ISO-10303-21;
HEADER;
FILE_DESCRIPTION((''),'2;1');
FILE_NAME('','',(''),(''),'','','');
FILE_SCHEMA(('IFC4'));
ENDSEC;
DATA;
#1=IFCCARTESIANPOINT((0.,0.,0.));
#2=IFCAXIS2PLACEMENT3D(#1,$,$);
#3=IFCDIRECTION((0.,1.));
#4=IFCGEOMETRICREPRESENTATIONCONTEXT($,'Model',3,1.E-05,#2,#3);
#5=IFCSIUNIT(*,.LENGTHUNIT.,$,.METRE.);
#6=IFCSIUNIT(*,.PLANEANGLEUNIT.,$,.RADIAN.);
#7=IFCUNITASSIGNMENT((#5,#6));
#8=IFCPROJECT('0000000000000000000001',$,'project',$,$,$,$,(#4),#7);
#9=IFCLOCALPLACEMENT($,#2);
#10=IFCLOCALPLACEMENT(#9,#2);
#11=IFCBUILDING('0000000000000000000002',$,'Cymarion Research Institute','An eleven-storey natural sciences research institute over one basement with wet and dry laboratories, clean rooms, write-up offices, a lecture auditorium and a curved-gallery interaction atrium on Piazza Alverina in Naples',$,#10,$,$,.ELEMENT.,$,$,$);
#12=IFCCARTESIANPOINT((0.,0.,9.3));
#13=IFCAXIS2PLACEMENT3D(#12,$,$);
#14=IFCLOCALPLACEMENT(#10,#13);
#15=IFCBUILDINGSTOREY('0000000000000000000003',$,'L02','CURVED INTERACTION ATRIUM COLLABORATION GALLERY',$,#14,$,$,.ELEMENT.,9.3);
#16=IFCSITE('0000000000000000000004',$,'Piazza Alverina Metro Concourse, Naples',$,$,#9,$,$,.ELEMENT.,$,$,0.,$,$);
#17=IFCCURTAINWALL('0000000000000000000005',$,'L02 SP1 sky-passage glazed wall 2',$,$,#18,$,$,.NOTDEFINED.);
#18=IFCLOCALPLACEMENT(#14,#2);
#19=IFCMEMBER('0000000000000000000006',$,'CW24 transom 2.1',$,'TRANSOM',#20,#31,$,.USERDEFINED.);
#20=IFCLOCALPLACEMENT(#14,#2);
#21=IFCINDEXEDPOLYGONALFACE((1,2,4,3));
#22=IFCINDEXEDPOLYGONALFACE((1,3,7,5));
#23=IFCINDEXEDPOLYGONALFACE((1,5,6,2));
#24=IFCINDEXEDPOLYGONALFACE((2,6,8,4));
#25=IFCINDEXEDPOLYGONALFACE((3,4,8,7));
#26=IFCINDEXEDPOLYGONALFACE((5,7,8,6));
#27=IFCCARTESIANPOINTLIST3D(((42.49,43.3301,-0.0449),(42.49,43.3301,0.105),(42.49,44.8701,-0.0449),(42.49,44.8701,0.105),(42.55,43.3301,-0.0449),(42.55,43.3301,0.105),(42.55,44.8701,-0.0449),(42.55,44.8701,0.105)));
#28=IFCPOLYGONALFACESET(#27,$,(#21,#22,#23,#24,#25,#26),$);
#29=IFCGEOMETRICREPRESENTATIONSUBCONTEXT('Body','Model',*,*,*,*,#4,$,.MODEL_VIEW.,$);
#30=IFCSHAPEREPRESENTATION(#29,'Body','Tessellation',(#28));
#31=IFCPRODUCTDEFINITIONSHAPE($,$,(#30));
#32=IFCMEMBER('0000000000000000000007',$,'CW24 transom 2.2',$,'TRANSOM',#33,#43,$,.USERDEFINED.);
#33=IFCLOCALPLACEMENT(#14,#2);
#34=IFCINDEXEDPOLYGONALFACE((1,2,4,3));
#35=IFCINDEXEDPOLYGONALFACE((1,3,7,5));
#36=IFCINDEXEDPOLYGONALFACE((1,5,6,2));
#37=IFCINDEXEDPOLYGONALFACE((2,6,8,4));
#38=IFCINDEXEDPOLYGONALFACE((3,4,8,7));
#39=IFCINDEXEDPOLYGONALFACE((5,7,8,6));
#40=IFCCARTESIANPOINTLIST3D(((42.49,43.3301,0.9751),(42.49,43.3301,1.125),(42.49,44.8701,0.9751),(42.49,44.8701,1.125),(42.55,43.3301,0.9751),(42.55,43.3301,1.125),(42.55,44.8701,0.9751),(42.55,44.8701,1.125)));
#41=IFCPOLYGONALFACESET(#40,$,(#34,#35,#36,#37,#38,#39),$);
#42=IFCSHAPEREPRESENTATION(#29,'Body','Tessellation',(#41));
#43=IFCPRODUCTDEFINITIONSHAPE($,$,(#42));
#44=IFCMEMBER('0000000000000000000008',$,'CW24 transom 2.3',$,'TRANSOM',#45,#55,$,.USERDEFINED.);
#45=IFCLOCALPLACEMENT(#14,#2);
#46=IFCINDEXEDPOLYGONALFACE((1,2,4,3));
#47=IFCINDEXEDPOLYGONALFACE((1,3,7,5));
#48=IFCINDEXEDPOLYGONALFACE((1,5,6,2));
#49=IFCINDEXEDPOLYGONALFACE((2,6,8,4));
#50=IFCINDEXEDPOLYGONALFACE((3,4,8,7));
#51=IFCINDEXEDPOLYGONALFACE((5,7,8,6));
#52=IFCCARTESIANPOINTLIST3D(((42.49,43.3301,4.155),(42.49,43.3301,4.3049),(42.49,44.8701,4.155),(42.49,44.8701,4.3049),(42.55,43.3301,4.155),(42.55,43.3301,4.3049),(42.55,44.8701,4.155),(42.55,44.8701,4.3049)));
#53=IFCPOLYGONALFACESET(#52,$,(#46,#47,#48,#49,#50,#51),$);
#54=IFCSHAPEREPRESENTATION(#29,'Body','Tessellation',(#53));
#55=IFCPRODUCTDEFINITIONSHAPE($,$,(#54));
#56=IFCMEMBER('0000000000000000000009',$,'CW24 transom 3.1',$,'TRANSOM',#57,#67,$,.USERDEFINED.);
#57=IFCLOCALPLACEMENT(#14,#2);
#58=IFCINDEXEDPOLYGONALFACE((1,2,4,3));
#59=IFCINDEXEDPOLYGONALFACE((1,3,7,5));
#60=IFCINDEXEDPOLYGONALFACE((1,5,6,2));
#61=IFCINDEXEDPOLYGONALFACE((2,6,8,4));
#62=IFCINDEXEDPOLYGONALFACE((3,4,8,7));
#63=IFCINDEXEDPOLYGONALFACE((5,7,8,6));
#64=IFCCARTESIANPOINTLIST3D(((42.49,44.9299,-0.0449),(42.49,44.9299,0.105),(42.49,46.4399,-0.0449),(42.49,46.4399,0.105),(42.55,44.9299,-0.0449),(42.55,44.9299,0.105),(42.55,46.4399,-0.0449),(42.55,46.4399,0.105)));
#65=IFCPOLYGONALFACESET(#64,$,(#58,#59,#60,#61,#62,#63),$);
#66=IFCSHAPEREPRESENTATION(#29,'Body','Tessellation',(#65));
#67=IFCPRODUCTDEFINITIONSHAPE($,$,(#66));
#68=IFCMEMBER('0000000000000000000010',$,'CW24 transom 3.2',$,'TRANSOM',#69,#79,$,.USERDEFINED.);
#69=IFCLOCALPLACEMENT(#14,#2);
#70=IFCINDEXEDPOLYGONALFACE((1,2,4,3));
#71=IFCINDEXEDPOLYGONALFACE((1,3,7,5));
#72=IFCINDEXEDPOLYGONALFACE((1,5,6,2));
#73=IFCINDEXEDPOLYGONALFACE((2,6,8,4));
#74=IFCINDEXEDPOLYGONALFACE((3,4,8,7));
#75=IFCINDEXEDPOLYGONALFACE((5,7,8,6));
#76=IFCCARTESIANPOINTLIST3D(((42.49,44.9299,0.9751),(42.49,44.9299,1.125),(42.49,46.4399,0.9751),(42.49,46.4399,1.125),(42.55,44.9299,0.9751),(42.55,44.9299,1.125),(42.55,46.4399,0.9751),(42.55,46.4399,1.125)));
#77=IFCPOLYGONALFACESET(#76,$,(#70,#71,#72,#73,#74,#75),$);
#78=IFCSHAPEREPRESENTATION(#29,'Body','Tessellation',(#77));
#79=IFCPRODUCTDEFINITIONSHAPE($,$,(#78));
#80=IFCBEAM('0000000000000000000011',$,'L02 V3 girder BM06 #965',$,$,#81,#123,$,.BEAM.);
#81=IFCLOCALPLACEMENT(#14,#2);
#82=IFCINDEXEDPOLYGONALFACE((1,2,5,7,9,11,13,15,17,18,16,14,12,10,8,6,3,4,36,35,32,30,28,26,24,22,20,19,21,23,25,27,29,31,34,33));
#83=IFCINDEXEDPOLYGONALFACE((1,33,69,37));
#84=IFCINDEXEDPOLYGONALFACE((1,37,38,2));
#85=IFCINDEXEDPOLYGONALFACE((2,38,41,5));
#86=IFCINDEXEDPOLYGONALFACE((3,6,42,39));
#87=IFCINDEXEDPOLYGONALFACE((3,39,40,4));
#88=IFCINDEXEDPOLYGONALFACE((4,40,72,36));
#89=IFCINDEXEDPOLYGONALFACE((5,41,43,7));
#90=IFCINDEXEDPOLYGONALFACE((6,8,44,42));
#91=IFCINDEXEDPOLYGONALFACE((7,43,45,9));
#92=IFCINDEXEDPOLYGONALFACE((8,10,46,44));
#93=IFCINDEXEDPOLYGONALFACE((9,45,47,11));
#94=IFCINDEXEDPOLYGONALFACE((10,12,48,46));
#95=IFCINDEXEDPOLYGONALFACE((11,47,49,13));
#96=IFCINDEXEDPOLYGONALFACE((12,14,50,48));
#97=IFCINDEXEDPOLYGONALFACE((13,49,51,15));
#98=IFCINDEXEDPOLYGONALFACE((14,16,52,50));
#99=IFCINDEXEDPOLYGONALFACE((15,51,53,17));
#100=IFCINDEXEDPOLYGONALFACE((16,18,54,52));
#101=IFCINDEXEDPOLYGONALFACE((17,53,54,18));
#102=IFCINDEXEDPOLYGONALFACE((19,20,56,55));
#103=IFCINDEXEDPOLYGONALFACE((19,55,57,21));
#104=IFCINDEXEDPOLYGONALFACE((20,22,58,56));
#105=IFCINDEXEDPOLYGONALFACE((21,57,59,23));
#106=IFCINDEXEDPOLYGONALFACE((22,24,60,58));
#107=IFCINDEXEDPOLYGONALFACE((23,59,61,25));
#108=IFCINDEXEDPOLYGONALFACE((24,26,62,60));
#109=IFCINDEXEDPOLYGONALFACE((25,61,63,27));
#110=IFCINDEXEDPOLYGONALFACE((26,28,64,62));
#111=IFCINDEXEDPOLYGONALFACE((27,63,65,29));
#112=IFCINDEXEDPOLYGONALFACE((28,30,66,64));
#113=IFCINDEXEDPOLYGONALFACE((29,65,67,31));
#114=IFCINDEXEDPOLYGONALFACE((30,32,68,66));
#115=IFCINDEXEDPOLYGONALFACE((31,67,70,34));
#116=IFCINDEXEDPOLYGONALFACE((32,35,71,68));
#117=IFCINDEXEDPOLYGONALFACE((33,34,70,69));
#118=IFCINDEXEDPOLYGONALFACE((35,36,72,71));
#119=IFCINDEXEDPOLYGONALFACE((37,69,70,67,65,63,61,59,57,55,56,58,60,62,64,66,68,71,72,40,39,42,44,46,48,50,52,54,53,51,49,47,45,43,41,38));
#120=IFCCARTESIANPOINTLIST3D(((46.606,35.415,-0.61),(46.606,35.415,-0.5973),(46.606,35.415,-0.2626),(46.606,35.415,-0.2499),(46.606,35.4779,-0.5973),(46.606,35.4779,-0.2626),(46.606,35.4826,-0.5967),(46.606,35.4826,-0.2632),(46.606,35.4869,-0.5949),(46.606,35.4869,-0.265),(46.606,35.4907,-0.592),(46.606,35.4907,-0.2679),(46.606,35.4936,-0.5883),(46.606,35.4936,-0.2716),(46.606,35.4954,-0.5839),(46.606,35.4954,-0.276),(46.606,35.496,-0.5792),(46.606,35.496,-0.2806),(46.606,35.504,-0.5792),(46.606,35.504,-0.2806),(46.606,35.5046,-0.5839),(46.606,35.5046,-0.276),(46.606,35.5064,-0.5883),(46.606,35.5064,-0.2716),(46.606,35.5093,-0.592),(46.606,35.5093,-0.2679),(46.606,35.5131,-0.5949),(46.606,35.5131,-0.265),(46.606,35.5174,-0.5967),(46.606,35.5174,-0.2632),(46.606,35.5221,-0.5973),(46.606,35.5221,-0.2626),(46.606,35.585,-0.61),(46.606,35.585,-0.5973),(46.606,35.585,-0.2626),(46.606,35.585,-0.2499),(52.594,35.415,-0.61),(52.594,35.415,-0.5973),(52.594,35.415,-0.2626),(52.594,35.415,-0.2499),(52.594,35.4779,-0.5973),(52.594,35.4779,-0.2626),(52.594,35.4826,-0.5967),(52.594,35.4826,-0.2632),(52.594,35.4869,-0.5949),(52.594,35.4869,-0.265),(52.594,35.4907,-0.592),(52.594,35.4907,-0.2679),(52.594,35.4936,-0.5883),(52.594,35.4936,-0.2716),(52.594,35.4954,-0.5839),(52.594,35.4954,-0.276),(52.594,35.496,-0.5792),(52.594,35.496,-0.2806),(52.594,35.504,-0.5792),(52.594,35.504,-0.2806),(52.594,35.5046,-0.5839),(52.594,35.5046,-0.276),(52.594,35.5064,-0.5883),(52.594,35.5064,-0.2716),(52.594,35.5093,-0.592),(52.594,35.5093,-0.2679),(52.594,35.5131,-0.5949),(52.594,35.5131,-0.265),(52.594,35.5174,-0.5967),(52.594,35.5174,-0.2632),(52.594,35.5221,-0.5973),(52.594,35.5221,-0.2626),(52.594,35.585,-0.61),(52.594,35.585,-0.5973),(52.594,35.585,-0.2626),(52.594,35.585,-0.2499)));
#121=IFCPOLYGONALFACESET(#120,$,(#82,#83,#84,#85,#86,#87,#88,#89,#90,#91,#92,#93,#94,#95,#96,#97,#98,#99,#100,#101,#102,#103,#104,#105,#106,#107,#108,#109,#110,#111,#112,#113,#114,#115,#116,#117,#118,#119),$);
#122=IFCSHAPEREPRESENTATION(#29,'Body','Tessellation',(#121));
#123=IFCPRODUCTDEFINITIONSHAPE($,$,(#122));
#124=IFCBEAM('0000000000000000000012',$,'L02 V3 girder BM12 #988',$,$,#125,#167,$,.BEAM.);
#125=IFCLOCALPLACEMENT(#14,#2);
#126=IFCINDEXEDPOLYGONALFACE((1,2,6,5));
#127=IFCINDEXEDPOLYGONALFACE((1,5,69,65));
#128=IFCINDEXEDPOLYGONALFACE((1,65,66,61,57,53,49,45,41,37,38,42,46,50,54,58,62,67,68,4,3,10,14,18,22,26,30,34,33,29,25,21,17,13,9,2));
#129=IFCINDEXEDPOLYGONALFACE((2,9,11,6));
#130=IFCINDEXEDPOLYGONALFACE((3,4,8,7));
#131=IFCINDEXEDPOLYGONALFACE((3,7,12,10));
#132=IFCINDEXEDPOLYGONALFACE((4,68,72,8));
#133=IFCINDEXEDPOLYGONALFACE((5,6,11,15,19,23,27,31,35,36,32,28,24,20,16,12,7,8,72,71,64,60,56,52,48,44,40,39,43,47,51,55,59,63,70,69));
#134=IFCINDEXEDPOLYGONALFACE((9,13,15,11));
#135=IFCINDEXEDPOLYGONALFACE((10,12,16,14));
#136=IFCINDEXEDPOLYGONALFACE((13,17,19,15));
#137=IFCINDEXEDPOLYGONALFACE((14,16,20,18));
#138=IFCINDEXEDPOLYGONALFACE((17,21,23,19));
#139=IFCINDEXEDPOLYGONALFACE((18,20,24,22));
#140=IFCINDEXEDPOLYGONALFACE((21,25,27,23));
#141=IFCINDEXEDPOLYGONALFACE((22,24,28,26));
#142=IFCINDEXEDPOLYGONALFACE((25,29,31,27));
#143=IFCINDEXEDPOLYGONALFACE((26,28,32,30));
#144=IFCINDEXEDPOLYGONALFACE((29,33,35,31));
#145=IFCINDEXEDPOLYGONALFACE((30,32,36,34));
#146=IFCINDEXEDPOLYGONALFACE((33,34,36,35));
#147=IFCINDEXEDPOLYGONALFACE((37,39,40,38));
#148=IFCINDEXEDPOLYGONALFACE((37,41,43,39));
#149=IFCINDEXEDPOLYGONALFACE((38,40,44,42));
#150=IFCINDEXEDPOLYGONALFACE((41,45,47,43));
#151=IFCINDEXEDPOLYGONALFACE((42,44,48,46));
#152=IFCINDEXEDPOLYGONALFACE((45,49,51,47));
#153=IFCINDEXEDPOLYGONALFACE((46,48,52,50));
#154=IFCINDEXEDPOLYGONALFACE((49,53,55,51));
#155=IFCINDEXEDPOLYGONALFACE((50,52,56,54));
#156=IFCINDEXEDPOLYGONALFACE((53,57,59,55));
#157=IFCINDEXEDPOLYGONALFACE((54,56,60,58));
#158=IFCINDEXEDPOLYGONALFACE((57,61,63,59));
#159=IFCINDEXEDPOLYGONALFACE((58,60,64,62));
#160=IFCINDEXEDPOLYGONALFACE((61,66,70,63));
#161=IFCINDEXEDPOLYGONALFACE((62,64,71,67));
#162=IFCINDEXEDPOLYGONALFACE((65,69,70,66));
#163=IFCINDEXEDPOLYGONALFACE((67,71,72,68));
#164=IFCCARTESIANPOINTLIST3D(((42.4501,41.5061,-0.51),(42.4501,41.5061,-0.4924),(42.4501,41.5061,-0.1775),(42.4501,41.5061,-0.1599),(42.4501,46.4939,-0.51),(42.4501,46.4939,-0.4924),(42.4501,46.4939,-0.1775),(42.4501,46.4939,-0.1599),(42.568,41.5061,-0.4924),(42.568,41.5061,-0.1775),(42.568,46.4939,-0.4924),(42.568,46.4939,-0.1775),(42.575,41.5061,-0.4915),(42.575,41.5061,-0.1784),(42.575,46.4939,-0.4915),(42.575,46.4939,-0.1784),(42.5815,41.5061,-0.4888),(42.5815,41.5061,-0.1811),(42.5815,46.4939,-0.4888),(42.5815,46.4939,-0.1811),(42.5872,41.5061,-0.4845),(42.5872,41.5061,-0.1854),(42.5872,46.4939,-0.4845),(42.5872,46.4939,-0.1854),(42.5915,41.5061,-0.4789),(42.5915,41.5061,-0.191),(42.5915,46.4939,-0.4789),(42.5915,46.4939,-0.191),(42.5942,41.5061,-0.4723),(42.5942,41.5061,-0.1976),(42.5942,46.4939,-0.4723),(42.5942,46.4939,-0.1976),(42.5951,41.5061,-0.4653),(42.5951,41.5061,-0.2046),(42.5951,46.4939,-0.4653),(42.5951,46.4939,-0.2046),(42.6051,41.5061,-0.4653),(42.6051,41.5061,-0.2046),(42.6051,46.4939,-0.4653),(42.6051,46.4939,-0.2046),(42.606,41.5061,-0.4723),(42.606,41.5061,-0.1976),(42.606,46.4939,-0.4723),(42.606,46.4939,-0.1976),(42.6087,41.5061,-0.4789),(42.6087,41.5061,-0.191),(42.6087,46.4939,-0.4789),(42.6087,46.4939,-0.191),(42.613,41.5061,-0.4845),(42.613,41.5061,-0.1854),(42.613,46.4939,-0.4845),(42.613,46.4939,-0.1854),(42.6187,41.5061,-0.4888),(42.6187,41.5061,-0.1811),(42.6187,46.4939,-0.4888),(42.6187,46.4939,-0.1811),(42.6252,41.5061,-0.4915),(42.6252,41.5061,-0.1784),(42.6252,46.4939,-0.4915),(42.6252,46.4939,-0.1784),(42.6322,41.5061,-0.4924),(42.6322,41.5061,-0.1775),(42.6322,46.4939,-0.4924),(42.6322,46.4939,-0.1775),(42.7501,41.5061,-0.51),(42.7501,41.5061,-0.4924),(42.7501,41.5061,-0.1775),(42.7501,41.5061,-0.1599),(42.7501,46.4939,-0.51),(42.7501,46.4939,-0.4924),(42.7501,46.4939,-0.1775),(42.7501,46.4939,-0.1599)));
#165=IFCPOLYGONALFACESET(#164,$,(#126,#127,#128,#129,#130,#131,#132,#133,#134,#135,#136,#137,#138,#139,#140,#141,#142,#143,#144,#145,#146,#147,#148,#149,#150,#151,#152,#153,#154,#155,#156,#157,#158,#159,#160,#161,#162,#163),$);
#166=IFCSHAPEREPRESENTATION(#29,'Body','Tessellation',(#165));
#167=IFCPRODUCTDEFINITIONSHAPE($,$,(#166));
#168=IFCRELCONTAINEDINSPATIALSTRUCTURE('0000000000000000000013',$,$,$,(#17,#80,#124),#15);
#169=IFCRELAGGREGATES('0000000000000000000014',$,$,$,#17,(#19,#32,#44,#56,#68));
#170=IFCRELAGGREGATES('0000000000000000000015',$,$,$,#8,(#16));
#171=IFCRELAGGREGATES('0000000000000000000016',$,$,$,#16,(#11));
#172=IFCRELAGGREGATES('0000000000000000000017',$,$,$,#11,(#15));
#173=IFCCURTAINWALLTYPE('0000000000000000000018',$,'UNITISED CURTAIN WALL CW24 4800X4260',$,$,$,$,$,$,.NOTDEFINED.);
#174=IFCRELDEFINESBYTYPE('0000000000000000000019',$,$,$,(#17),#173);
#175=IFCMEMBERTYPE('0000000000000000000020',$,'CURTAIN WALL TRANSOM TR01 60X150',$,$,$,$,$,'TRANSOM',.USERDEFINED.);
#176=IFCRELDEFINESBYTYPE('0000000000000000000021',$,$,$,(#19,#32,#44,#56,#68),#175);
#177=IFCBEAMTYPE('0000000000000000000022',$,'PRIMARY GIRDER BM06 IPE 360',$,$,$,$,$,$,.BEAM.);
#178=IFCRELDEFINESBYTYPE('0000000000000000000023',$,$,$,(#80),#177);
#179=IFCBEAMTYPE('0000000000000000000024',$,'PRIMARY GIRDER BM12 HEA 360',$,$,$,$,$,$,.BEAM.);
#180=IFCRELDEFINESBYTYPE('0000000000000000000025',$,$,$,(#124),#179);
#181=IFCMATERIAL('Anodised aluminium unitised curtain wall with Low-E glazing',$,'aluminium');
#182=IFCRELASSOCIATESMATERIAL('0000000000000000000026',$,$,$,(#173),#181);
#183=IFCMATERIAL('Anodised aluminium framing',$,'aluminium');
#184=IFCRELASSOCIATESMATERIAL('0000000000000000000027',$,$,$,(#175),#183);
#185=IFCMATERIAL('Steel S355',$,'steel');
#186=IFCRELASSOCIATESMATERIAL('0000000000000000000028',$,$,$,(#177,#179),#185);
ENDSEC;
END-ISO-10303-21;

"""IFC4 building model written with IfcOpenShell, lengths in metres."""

from ifc_helpers import new_model, si_unit, direction, frame, origin, origin_2d, place, context, subcontext, project, spatial, rectangle, i_section, extrude, material, material_profile, profile_set, type_object, element, aggregate, save


model = new_model("IFC4")

# Units and contexts
model_context = context("Model", 3, precision=1e-05, world=origin(), true_north=direction((0.0, 1.0)))
body_context = subcontext(model_context, "Body", "Model", "MODEL_VIEW")
ifc_project = project(units=[si_unit("LENGTHUNIT", "METRE"), si_unit("PLANEANGLEUNIT", "RADIAN")], contexts=[model_context])

# Site, building, storey
site_placement = place(None, origin())
site = spatial("IfcSite", under=ifc_project, at=site_placement, Name="Piazza Alverina Metro Concourse, Naples", CompositionType="ELEMENT", RefElevation=0.0)
building_placement = place(site_placement, origin())
building = spatial("IfcBuilding", under=site, at=building_placement, Name="Cymarion Research Institute", Description="An eleven-storey natural sciences research institute over one basement with wet and dry laboratories, clean rooms, write-up offices, a lecture auditorium and a curved-gallery interaction atrium on Piazza Alverina in Naples", CompositionType="ELEMENT")
storey_placement = place(building_placement, frame((0.0, 0.0, 9.3)))
storey = spatial("IfcBuildingStorey", under=building, at=storey_placement, Name="L02", Description="CURVED INTERACTION ATRIUM COLLABORATION GALLERY", CompositionType="ELEMENT", Elevation=9.3)

# Shared definitions
ifc_material_1 = material(Name="Steel S355", Category="steel")

# Curtain wall, members
ifc_material_2 = material(Name="Anodised aluminium unitised curtain wall with Low-E glazing", Category="aluminium")
curtain_wall_type = type_object("IfcCurtainWallType", Name="UNITISED CURTAIN WALL CW24 4800X4260", PredefinedType="NOTDEFINED", material=ifc_material_2)
curtain_wall_placement = place(storey_placement, origin())
curtain_wall = element("IfcCurtainWall", 1, at=curtain_wall_placement, inside=storey, type_object=curtain_wall_type, Name="L02 SP1 sky-passage glazed wall 2", PredefinedType="NOTDEFINED")
ifc_material_3 = material(Name="Anodised aluminium framing", Category="aluminium")
ifc_material_profile_1 = material_profile(ifc_material_3, rectangle(XDim=0.0601, YDim=0.1499, at=origin_2d()), Name="ALU TRANSOM 60x150")
ifc_profile_set_1 = profile_set([ifc_material_profile_1], Name="Anodised aluminium framing")
member_type_1 = type_object("IfcMemberType", Name="CURTAIN WALL TRANSOM TR01 60X150", ElementType="TRANSOM", PredefinedType="USERDEFINED", material=ifc_profile_set_1)
member_1_placement = place(storey_placement, frame((42.52, 43.3301, 0.03), z_axis=(0.0, 1.0, 0.0), x_axis=(-1.0, 0.0, 0.0)))
member_1 = element("IfcMember", 2, at=member_1_placement, type_object=member_type_1, Name="CW24 transom 2.1", ObjectType="TRANSOM", PredefinedType="USERDEFINED", context=body_context, shape_type="SweptSolid", body=[
    extrude(rectangle(XDim=0.0601, YDim=0.1499, at=origin_2d()), origin(), (0.0, 0.0, 1.0), 1.54),
])
member_2_placement = place(storey_placement, frame((42.52, 43.3301, 1.05), z_axis=(0.0, 1.0, 0.0), x_axis=(-1.0, 0.0, 0.0)))
member_2 = element("IfcMember", 3, at=member_2_placement, type_object=member_type_1, Name="CW24 transom 2.2", ObjectType="TRANSOM", PredefinedType="USERDEFINED", context=body_context, shape_type="SweptSolid", body=[
    extrude(rectangle(XDim=0.0601, YDim=0.1499, at=origin_2d()), origin(), (0.0, 0.0, 1.0), 1.54),
])
member_3_placement = place(storey_placement, frame((42.52, 43.3301, 4.23), z_axis=(0.0, 1.0, 0.0), x_axis=(-1.0, 0.0, 0.0)))
member_3 = element("IfcMember", 4, at=member_3_placement, type_object=member_type_1, Name="CW24 transom 2.3", ObjectType="TRANSOM", PredefinedType="USERDEFINED", context=body_context, shape_type="SweptSolid", body=[
    extrude(rectangle(XDim=0.0601, YDim=0.1499, at=origin_2d()), origin(), (0.0, 0.0, 1.0), 1.54),
])
member_4_placement = place(storey_placement, frame((42.52, 44.9299, 0.03), z_axis=(0.0, 1.0, 0.0), x_axis=(-1.0, 0.0, 0.0)))
member_4 = element("IfcMember", 5, at=member_4_placement, type_object=member_type_1, Name="CW24 transom 3.1", ObjectType="TRANSOM", PredefinedType="USERDEFINED", context=body_context, shape_type="SweptSolid", body=[
    extrude(rectangle(XDim=0.0601, YDim=0.1499, at=origin_2d()), origin(), (0.0, 0.0, 1.0), 1.51),
])
member_5_placement = place(storey_placement, frame((42.52, 44.9299, 1.05), z_axis=(0.0, 1.0, 0.0), x_axis=(-1.0, 0.0, 0.0)))
member_5 = element("IfcMember", 6, at=member_5_placement, type_object=member_type_1, Name="CW24 transom 3.2", ObjectType="TRANSOM", PredefinedType="USERDEFINED", context=body_context, shape_type="SweptSolid", body=[
    extrude(rectangle(XDim=0.0601, YDim=0.1499, at=origin_2d()), origin(), (0.0, 0.0, 1.0), 1.51),
])

# Beams
ifc_material_profile_2 = material_profile(ifc_material_1, i_section(OverallWidth=0.1699, OverallDepth=0.3601, WebThickness=0.0081, FlangeThickness=0.0127, FilletRadius=0.0181, at=origin_2d()), Name="IPE 360")
ifc_profile_set_2 = profile_set([ifc_material_profile_2], Name="Steel S355")
beam_type_1 = type_object("IfcBeamType", Name="PRIMARY GIRDER BM06 IPE 360", PredefinedType="BEAM", material=ifc_profile_set_2)
beam_1_placement = place(storey_placement, frame((46.606, 35.5, -0.4299), z_axis=(1.0, 0.0, 0.0), x_axis=(0.0, 1.0, 0.0)))
element("IfcBeam", 7, at=beam_1_placement, inside=storey, type_object=beam_type_1, Name="L02 V3 girder BM06 #965", PredefinedType="BEAM", context=body_context, shape_type="SweptSolid", body=[
    extrude(i_section(OverallWidth=0.1699, OverallDepth=0.3601, WebThickness=0.0081, FlangeThickness=0.0127, FilletRadius=0.0181, at=origin_2d()), origin(), (0.0, 0.0, 1.0), 5.988),
])
ifc_material_profile_3 = material_profile(ifc_material_1, i_section(OverallWidth=0.3, OverallDepth=0.3501, WebThickness=0.01, FlangeThickness=0.0176, FilletRadius=0.0271, at=origin_2d()), Name="HEA 360")
ifc_profile_set_3 = profile_set([ifc_material_profile_3], Name="Steel S355")
beam_type_2 = type_object("IfcBeamType", Name="PRIMARY GIRDER BM12 HEA 360", PredefinedType="BEAM", material=ifc_profile_set_3)
beam_2_placement = place(storey_placement, frame((42.6001, 41.5061, -0.335), z_axis=(0.0, 1.0, 0.0), x_axis=(-1.0, 0.0, 0.0)))
element("IfcBeam", 8, at=beam_2_placement, inside=storey, type_object=beam_type_2, Name="L02 V3 girder BM12 #988", PredefinedType="BEAM", context=body_context, shape_type="SweptSolid", body=[
    extrude(i_section(OverallWidth=0.3, OverallDepth=0.3501, WebThickness=0.01, FlangeThickness=0.0176, FilletRadius=0.0271, at=origin_2d()), origin(), (0.0, 0.0, 1.0), 4.9878),
])

aggregate(curtain_wall, [member_1, member_2, member_3, member_4, member_5])

save(model, "model.ifc")
